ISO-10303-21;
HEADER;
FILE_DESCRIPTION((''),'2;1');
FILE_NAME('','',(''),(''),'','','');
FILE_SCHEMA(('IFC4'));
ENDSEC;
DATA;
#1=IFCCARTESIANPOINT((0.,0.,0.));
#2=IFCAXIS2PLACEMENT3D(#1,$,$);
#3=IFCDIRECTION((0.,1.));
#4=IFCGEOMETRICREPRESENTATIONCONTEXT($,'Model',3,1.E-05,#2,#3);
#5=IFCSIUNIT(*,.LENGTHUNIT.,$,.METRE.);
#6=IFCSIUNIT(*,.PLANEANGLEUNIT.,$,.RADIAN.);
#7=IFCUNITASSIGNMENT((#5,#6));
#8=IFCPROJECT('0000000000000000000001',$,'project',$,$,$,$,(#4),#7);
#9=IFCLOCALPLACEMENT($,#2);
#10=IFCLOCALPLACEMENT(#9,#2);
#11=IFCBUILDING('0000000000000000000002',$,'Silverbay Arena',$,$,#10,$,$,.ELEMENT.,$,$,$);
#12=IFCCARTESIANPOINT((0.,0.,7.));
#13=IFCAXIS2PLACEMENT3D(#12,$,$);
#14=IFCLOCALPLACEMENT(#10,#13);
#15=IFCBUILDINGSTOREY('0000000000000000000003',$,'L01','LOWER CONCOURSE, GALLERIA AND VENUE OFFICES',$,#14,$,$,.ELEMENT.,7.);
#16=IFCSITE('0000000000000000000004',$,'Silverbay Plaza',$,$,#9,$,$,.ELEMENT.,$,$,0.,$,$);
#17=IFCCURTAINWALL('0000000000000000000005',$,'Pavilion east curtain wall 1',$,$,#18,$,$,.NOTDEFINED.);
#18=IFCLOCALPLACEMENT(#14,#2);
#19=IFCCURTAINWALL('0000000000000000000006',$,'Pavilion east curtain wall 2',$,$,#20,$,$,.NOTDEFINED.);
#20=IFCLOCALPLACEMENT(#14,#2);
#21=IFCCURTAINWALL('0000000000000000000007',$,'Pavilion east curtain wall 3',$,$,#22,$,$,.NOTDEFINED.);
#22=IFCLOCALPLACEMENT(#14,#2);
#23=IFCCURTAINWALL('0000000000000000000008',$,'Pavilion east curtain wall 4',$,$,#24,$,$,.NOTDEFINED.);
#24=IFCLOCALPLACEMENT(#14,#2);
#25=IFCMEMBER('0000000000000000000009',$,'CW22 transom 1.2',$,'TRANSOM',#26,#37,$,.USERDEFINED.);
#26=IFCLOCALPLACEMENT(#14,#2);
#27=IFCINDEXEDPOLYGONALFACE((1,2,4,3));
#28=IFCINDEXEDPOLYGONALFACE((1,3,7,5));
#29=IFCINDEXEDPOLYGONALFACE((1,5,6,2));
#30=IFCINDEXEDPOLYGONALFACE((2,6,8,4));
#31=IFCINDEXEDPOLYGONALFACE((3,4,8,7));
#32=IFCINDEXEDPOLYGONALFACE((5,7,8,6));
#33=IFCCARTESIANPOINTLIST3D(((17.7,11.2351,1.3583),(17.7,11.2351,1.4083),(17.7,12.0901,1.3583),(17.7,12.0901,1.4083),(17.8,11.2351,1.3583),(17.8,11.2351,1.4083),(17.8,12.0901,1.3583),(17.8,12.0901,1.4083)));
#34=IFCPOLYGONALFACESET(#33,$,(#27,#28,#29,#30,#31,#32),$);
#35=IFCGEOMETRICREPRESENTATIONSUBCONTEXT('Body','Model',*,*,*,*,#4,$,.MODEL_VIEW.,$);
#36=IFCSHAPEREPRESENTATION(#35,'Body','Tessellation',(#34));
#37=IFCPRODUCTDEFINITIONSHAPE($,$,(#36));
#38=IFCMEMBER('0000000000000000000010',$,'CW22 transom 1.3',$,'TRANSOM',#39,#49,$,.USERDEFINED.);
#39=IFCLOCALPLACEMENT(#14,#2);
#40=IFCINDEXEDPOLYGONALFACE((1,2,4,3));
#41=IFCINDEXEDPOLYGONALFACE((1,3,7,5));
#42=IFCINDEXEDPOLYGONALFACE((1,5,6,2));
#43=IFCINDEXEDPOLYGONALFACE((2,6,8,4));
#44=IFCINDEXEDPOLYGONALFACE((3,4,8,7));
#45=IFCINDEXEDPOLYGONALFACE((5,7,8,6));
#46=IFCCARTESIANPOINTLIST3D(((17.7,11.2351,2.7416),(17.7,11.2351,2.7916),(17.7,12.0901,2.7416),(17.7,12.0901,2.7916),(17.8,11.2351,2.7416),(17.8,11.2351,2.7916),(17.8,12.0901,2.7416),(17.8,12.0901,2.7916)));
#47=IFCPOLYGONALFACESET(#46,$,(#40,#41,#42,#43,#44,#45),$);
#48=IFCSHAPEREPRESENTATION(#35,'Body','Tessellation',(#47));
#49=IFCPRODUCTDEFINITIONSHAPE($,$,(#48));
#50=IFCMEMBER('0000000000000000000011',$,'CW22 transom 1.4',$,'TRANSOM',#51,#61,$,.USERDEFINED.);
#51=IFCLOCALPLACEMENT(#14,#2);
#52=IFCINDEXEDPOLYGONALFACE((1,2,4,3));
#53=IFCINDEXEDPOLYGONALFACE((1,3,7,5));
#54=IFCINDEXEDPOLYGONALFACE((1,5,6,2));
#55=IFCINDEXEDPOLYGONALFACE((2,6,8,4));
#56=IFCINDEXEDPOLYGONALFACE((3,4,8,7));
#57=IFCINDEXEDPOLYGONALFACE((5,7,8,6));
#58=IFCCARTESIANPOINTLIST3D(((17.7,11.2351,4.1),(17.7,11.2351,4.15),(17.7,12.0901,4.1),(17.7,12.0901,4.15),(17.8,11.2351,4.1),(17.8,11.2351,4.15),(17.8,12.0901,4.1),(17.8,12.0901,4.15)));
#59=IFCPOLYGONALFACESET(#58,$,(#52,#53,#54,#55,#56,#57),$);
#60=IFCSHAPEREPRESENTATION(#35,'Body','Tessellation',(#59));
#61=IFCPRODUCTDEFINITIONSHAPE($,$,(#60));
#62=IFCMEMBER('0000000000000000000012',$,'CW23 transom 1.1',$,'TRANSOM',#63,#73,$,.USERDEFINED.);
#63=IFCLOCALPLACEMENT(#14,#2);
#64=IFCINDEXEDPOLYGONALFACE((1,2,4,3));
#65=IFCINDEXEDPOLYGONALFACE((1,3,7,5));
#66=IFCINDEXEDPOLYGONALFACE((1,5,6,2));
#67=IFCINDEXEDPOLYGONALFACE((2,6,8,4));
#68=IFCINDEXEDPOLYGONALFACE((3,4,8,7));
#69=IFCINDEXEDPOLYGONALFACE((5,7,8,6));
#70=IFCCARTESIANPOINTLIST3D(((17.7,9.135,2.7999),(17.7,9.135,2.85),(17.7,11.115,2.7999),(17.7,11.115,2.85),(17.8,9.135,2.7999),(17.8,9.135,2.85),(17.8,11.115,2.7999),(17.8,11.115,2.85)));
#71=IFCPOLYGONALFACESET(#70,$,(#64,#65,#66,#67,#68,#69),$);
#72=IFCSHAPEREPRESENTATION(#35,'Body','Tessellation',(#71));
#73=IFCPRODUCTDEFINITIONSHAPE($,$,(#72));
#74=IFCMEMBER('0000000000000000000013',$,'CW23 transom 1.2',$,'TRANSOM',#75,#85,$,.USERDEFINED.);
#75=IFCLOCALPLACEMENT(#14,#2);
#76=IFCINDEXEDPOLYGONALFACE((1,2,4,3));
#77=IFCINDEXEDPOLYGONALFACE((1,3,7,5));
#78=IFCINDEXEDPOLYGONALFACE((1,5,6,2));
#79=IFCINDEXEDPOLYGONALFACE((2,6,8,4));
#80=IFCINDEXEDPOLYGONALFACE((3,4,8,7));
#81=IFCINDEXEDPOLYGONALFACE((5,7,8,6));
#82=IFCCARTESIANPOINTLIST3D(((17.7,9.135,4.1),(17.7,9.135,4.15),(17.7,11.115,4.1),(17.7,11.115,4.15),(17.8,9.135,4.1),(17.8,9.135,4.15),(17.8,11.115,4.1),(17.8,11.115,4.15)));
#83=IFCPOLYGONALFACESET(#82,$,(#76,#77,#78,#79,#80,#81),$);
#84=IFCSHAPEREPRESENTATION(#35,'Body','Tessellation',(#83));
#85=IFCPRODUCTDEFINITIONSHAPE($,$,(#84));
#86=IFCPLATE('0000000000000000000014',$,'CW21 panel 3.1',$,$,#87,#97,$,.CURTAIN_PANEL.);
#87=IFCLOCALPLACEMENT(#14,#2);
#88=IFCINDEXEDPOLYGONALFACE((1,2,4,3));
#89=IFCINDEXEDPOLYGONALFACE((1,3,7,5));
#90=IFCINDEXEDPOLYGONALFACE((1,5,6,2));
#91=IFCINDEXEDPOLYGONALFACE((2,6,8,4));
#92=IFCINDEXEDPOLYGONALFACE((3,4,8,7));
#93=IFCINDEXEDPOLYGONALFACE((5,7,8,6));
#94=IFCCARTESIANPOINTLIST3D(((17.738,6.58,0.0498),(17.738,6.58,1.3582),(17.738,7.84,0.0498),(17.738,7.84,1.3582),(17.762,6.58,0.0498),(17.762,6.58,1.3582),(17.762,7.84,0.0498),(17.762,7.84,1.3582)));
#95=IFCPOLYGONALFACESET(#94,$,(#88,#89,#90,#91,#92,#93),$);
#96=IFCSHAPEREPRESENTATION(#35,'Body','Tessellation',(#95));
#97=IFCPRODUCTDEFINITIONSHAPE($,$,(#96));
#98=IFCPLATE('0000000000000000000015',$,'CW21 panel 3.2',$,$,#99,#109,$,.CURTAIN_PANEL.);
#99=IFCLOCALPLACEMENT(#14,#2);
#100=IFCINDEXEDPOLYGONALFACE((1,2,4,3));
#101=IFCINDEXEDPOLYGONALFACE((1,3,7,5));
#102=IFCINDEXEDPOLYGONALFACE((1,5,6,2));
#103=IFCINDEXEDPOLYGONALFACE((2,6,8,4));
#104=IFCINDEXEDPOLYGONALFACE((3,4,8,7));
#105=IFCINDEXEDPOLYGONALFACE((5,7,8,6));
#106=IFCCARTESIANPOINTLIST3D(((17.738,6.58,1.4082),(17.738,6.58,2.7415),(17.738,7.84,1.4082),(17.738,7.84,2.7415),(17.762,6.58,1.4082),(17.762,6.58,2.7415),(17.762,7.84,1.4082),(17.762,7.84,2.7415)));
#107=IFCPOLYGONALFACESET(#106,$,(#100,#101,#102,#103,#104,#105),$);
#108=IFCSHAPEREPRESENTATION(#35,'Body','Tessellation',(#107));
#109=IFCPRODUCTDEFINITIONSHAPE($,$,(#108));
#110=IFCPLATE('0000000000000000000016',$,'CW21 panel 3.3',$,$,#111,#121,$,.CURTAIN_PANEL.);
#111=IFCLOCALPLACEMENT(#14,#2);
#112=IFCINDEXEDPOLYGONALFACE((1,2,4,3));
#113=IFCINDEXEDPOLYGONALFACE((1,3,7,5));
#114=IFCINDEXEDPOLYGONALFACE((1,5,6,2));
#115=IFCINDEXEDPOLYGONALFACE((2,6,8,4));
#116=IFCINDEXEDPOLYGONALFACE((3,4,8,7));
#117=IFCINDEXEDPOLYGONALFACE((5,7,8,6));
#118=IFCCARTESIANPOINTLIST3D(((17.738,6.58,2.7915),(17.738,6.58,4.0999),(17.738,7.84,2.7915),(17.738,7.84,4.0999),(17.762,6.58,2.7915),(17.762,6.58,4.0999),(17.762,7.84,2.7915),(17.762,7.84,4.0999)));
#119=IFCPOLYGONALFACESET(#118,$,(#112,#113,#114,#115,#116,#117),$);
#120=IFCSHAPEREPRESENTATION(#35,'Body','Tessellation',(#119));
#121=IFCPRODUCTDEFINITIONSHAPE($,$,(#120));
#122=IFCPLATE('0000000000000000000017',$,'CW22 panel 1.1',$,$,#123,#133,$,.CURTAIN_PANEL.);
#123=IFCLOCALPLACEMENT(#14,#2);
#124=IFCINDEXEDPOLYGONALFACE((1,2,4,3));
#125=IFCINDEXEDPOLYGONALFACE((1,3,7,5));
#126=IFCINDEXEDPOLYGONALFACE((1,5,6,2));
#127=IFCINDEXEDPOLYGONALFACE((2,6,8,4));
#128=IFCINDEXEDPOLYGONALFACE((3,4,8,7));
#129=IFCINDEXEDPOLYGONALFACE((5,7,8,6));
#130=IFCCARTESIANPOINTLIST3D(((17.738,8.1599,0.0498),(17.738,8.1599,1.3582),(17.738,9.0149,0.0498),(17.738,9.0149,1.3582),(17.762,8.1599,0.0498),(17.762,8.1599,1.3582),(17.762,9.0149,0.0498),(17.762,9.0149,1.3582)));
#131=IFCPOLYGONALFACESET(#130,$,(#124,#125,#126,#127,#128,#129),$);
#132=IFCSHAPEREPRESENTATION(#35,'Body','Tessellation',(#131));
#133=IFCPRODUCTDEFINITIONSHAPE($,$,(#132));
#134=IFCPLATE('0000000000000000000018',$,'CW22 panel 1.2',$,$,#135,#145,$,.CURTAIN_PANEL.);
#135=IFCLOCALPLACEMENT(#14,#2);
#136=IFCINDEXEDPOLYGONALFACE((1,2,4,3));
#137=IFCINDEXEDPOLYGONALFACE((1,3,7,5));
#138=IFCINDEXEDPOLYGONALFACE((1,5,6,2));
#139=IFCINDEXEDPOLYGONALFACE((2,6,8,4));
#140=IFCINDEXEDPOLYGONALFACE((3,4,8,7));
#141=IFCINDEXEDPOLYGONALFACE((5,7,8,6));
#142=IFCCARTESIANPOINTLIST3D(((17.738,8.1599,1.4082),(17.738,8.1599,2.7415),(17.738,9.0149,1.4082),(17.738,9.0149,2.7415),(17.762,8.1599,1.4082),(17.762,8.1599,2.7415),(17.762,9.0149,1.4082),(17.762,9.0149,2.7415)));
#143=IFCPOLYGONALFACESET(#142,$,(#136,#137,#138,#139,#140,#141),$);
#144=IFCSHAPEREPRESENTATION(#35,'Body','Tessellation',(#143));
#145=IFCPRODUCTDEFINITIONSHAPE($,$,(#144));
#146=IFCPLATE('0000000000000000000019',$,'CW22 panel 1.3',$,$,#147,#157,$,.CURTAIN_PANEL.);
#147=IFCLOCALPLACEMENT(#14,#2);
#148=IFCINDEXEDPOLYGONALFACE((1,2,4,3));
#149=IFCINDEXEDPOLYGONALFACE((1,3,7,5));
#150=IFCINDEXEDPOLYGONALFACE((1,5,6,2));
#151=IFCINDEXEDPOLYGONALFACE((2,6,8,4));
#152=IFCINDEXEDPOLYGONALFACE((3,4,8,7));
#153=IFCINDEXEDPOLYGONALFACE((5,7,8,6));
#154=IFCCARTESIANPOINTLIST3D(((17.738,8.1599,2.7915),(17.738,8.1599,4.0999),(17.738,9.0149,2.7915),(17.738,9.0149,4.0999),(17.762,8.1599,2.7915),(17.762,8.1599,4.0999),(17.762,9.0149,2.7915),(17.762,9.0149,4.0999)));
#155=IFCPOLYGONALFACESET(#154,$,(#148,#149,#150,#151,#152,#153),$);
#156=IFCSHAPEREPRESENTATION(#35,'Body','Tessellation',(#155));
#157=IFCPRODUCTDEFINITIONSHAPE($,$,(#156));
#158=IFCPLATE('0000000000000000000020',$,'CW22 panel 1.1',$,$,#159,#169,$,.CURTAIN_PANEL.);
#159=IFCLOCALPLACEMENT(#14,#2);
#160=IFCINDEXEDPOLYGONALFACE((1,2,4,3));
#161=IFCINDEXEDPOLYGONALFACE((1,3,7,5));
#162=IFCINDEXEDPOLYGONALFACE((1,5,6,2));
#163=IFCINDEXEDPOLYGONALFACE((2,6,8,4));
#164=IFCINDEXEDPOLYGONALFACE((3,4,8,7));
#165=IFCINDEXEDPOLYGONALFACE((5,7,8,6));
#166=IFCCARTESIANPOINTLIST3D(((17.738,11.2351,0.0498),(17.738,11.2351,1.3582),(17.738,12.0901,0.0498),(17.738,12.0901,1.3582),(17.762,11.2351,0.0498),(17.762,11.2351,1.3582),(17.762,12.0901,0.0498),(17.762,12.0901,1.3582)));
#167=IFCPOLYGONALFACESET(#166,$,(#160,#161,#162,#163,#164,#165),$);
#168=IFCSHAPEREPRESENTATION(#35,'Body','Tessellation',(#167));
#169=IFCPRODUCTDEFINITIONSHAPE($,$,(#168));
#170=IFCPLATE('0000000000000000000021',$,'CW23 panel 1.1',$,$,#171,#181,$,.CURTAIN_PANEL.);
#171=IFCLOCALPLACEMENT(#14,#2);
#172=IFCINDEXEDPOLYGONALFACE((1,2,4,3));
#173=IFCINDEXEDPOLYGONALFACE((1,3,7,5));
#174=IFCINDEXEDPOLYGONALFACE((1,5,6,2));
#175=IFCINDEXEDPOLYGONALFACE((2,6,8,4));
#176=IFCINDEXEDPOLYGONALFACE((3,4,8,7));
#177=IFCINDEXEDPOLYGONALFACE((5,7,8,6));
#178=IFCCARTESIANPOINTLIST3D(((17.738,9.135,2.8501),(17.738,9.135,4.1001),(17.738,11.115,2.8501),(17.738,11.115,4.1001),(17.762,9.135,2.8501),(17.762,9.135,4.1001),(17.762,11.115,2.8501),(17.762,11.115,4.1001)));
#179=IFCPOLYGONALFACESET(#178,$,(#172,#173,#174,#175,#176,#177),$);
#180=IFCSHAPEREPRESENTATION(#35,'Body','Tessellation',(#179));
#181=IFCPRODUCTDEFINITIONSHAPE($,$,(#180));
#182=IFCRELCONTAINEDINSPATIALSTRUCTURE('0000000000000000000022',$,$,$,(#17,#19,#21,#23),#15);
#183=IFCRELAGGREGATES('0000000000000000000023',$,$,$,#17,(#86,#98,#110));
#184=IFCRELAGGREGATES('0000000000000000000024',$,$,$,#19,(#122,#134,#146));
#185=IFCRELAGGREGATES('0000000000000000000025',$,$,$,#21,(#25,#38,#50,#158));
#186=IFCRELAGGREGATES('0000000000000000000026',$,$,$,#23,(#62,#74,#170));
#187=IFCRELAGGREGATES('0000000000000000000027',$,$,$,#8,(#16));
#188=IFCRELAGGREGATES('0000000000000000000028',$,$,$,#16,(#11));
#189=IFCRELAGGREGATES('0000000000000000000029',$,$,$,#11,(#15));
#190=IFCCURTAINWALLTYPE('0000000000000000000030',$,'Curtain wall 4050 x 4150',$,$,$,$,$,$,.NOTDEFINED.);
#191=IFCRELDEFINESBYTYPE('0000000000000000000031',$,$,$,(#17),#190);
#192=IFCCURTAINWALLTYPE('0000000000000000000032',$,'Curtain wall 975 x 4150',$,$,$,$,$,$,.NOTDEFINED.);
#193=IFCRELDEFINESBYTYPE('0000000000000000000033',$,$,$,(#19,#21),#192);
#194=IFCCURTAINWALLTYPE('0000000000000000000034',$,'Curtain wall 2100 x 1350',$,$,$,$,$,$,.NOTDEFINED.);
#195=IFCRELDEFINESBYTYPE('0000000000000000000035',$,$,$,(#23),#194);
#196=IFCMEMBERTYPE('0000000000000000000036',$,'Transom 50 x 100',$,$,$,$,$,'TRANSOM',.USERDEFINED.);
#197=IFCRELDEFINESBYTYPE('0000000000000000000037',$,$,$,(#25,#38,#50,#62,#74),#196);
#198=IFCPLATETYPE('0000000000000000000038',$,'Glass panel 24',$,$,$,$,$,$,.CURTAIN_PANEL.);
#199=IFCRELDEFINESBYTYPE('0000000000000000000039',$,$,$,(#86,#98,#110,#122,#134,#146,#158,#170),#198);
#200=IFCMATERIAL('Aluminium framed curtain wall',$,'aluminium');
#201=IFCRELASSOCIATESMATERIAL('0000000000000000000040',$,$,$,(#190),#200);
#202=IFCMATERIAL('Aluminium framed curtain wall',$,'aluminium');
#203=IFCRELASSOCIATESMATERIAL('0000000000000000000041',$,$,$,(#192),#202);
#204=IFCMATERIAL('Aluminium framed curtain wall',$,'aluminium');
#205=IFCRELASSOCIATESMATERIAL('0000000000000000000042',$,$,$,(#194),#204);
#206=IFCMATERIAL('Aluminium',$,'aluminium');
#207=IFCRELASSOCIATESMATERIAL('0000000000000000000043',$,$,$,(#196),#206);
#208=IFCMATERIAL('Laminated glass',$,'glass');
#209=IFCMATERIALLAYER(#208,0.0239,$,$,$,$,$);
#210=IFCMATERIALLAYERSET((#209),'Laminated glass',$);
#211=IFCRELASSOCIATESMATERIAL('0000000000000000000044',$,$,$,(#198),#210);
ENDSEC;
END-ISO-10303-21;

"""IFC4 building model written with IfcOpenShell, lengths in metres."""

from ifc_helpers import new_model, si_unit, direction, frame, origin, origin_2d, place, context, subcontext, project, spatial, rectangle, extrude, material, layer, layer_set, material_profile, profile_set, type_object, element, aggregate, save


model = new_model("IFC4")

# Units and contexts
model_context = context("Model", 3, precision=1e-05, world=origin(), true_north=direction((0.0, 1.0)))
body_context = subcontext(model_context, "Body", "Model", "MODEL_VIEW")
ifc_project = project(units=[si_unit("LENGTHUNIT", "METRE"), si_unit("PLANEANGLEUNIT", "RADIAN")], contexts=[model_context])

# Site, building, storey
site_placement = place(None, origin())
site = spatial("IfcSite", under=ifc_project, at=site_placement, Name="Silverbay Plaza", CompositionType="ELEMENT", RefElevation=0.0)
building_placement = place(site_placement, origin())
building = spatial("IfcBuilding", under=site, at=building_placement, Name="Silverbay Arena", CompositionType="ELEMENT")
storey_placement = place(building_placement, frame((0.0, 0.0, 7.0)))
storey = spatial("IfcBuildingStorey", under=building, at=storey_placement, Name="L01", Description="LOWER CONCOURSE, GALLERIA AND VENUE OFFICES", CompositionType="ELEMENT", Elevation=7.0)

# Curtain wall
ifc_material_1 = material(Name="Aluminium framed curtain wall", Category="aluminium")
curtain_wall_type_1 = type_object("IfcCurtainWallType", Name="Curtain wall 4050 x 4150", PredefinedType="NOTDEFINED", material=ifc_material_1)
curtain_wall_1_placement = place(storey_placement, origin())
curtain_wall_1 = element("IfcCurtainWall", 1, at=curtain_wall_1_placement, inside=storey, type_object=curtain_wall_type_1, Name="Pavilion east curtain wall 1", PredefinedType="NOTDEFINED")

# Curtain wall
ifc_material_2 = material(Name="Aluminium framed curtain wall", Category="aluminium")
curtain_wall_type_2 = type_object("IfcCurtainWallType", Name="Curtain wall 975 x 4150", PredefinedType="NOTDEFINED", material=ifc_material_2)
curtain_wall_2_placement = place(storey_placement, origin())
curtain_wall_2 = element("IfcCurtainWall", 2, at=curtain_wall_2_placement, inside=storey, type_object=curtain_wall_type_2, Name="Pavilion east curtain wall 2", PredefinedType="NOTDEFINED")

# Curtain wall
curtain_wall_3_placement = place(storey_placement, origin())
curtain_wall_3 = element("IfcCurtainWall", 3, at=curtain_wall_3_placement, inside=storey, type_object=curtain_wall_type_2, Name="Pavilion east curtain wall 3", PredefinedType="NOTDEFINED")

# Curtain wall
ifc_material_3 = material(Name="Aluminium framed curtain wall", Category="aluminium")
curtain_wall_type_3 = type_object("IfcCurtainWallType", Name="Curtain wall 2100 x 1350", PredefinedType="NOTDEFINED", material=ifc_material_3)
curtain_wall_4_placement = place(storey_placement, origin())
curtain_wall_4 = element("IfcCurtainWall", 4, at=curtain_wall_4_placement, inside=storey, type_object=curtain_wall_type_3, Name="Pavilion east curtain wall 4", PredefinedType="NOTDEFINED")

# Members
ifc_material_4 = material(Name="Aluminium", Category="aluminium")
ifc_material_profile_1 = material_profile(ifc_material_4, rectangle(XDim=0.1001, YDim=0.05, at=origin_2d()), Name="Transom 50 x 100")
ifc_profile_set_1 = profile_set([ifc_material_profile_1], Name="Aluminium")
member_type_1 = type_object("IfcMemberType", Name="Transom 50 x 100", ElementType="TRANSOM", PredefinedType="USERDEFINED", material=ifc_profile_set_1)
member_1_placement = place(storey_placement, frame((17.75, 11.2351, 1.3833), z_axis=(0.0, 1.0, 0.0), x_axis=(-1.0, 0.0, 0.0)))
member_1 = element("IfcMember", 5, at=member_1_placement, type_object=member_type_1, Name="CW22 transom 1.2", ObjectType="TRANSOM", PredefinedType="USERDEFINED", context=body_context, shape_type="SweptSolid", body=[
    extrude(rectangle(XDim=0.1001, YDim=0.05, at=origin_2d()), origin(), (0.0, 0.0, 1.0), 0.855),
])
member_2_placement = place(storey_placement, frame((17.75, 11.2351, 2.7666), z_axis=(0.0, 1.0, 0.0), x_axis=(-1.0, 0.0, 0.0)))
member_2 = element("IfcMember", 6, at=member_2_placement, type_object=member_type_1, Name="CW22 transom 1.3", ObjectType="TRANSOM", PredefinedType="USERDEFINED", context=body_context, shape_type="SweptSolid", body=[
    extrude(rectangle(XDim=0.1001, YDim=0.05, at=origin_2d()), origin(), (0.0, 0.0, 1.0), 0.855),
])
member_3_placement = place(storey_placement, frame((17.75, 11.2351, 4.125), z_axis=(0.0, 1.0, 0.0), x_axis=(-1.0, 0.0, 0.0)))
member_3 = element("IfcMember", 7, at=member_3_placement, type_object=member_type_1, Name="CW22 transom 1.4", ObjectType="TRANSOM", PredefinedType="USERDEFINED", context=body_context, shape_type="SweptSolid", body=[
    extrude(rectangle(XDim=0.1001, YDim=0.05, at=origin_2d()), origin(), (0.0, 0.0, 1.0), 0.855),
])
member_4_placement = place(storey_placement, frame((17.75, 9.135, 2.825), z_axis=(0.0, 1.0, 0.0), x_axis=(-1.0, 0.0, 0.0)))
member_4 = element("IfcMember", 8, at=member_4_placement, type_object=member_type_1, Name="CW23 transom 1.1", ObjectType="TRANSOM", PredefinedType="USERDEFINED", context=body_context, shape_type="SweptSolid", body=[
    extrude(rectangle(XDim=0.1001, YDim=0.05, at=origin_2d()), origin(), (0.0, 0.0, 1.0), 1.98),
])
member_5_placement = place(storey_placement, frame((17.75, 9.135, 4.125), z_axis=(0.0, 1.0, 0.0), x_axis=(-1.0, 0.0, 0.0)))
member_5 = element("IfcMember", 9, at=member_5_placement, type_object=member_type_1, Name="CW23 transom 1.2", ObjectType="TRANSOM", PredefinedType="USERDEFINED", context=body_context, shape_type="SweptSolid", body=[
    extrude(rectangle(XDim=0.1001, YDim=0.05, at=origin_2d()), origin(), (0.0, 0.0, 1.0), 1.98),
])

# Plates
ifc_material_5 = material(Name="Laminated glass", Category="glass")
ifc_layer_1 = layer(ifc_material_5, 0.0239)
ifc_layer_set_1 = layer_set([ifc_layer_1], Name="Laminated glass")
plate_type = type_object("IfcPlateType", Name="Glass panel 24", PredefinedType="CURTAIN_PANEL", material=ifc_layer_set_1)
plate_1_placement = place(storey_placement, frame((17.75, 7.21, 0.0498), z_axis=(0.0, 0.0, 1.0), x_axis=(0.0, 1.0, 0.0)))
plate_1 = element("IfcPlate", 10, at=plate_1_placement, type_object=plate_type, Name="CW21 panel 3.1", PredefinedType="CURTAIN_PANEL", context=body_context, shape_type="SweptSolid", body=[
    extrude(rectangle(XDim=1.26, YDim=0.0239, at=origin_2d()), origin(), (0.0, 0.0, 1.0), 1.3083),
])
plate_2_placement = place(storey_placement, frame((17.75, 7.21, 1.4082), z_axis=(0.0, 0.0, 1.0), x_axis=(0.0, 1.0, 0.0)))
plate_2 = element("IfcPlate", 11, at=plate_2_placement, type_object=plate_type, Name="CW21 panel 3.2", PredefinedType="CURTAIN_PANEL", context=body_context, shape_type="SweptSolid", body=[
    extrude(rectangle(XDim=1.26, YDim=0.0239, at=origin_2d()), origin(), (0.0, 0.0, 1.0), 1.3333),
])
plate_3_placement = place(storey_placement, frame((17.75, 7.21, 2.7915), z_axis=(0.0, 0.0, 1.0), x_axis=(0.0, 1.0, 0.0)))
plate_3 = element("IfcPlate", 12, at=plate_3_placement, type_object=plate_type, Name="CW21 panel 3.3", PredefinedType="CURTAIN_PANEL", context=body_context, shape_type="SweptSolid", body=[
    extrude(rectangle(XDim=1.26, YDim=0.0239, at=origin_2d()), origin(), (0.0, 0.0, 1.0), 1.3083),
])
aggregate(curtain_wall_1, [plate_1, plate_2, plate_3])
plate_4_placement = place(storey_placement, frame((17.75, 8.5874, 0.0498), z_axis=(0.0, 0.0, 1.0), x_axis=(0.0, 1.0, 0.0)))
plate_4 = element("IfcPlate", 13, at=plate_4_placement, type_object=plate_type, Name="CW22 panel 1.1", PredefinedType="CURTAIN_PANEL", context=body_context, shape_type="SweptSolid", body=[
    extrude(rectangle(XDim=0.855, YDim=0.0239, at=origin_2d()), origin(), (0.0, 0.0, 1.0), 1.3083),
])
plate_5_placement = place(storey_placement, frame((17.75, 8.5874, 1.4082), z_axis=(0.0, 0.0, 1.0), x_axis=(0.0, 1.0, 0.0)))
plate_5 = element("IfcPlate", 14, at=plate_5_placement, type_object=plate_type, Name="CW22 panel 1.2", PredefinedType="CURTAIN_PANEL", context=body_context, shape_type="SweptSolid", body=[
    extrude(rectangle(XDim=0.855, YDim=0.0239, at=origin_2d()), origin(), (0.0, 0.0, 1.0), 1.3333),
])
plate_6_placement = place(storey_placement, frame((17.75, 8.5874, 2.7915), z_axis=(0.0, 0.0, 1.0), x_axis=(0.0, 1.0, 0.0)))
plate_6 = element("IfcPlate", 15, at=plate_6_placement, type_object=plate_type, Name="CW22 panel 1.3", PredefinedType="CURTAIN_PANEL", context=body_context, shape_type="SweptSolid", body=[
    extrude(rectangle(XDim=0.855, YDim=0.0239, at=origin_2d()), origin(), (0.0, 0.0, 1.0), 1.3083),
])
aggregate(curtain_wall_2, [plate_4, plate_5, plate_6])
plate_7_placement = place(storey_placement, frame((17.75, 11.6626, 0.0498), z_axis=(0.0, 0.0, 1.0), x_axis=(0.0, 1.0, 0.0)))
plate_7 = element("IfcPlate", 16, at=plate_7_placement, type_object=plate_type, Name="CW22 panel 1.1", PredefinedType="CURTAIN_PANEL", context=body_context, shape_type="SweptSolid", body=[
    extrude(rectangle(XDim=0.855, YDim=0.0239, at=origin_2d()), origin(), (0.0, 0.0, 1.0), 1.3083),
])
aggregate(curtain_wall_3, [member_1, member_2, member_3, plate_7])
plate_8_placement = place(storey_placement, frame((17.75, 10.125, 2.8501), z_axis=(0.0, 0.0, 1.0), x_axis=(0.0, 1.0, 0.0)))
plate_8 = element("IfcPlate", 17, at=plate_8_placement, type_object=plate_type, Name="CW23 panel 1.1", PredefinedType="CURTAIN_PANEL", context=body_context, shape_type="SweptSolid", body=[
    extrude(rectangle(XDim=1.98, YDim=0.0239, at=origin_2d()), origin(), (0.0, 0.0, 1.0), 1.25),
])
aggregate(curtain_wall_4, [member_4, member_5, plate_8])

save(model, "model.ifc")
